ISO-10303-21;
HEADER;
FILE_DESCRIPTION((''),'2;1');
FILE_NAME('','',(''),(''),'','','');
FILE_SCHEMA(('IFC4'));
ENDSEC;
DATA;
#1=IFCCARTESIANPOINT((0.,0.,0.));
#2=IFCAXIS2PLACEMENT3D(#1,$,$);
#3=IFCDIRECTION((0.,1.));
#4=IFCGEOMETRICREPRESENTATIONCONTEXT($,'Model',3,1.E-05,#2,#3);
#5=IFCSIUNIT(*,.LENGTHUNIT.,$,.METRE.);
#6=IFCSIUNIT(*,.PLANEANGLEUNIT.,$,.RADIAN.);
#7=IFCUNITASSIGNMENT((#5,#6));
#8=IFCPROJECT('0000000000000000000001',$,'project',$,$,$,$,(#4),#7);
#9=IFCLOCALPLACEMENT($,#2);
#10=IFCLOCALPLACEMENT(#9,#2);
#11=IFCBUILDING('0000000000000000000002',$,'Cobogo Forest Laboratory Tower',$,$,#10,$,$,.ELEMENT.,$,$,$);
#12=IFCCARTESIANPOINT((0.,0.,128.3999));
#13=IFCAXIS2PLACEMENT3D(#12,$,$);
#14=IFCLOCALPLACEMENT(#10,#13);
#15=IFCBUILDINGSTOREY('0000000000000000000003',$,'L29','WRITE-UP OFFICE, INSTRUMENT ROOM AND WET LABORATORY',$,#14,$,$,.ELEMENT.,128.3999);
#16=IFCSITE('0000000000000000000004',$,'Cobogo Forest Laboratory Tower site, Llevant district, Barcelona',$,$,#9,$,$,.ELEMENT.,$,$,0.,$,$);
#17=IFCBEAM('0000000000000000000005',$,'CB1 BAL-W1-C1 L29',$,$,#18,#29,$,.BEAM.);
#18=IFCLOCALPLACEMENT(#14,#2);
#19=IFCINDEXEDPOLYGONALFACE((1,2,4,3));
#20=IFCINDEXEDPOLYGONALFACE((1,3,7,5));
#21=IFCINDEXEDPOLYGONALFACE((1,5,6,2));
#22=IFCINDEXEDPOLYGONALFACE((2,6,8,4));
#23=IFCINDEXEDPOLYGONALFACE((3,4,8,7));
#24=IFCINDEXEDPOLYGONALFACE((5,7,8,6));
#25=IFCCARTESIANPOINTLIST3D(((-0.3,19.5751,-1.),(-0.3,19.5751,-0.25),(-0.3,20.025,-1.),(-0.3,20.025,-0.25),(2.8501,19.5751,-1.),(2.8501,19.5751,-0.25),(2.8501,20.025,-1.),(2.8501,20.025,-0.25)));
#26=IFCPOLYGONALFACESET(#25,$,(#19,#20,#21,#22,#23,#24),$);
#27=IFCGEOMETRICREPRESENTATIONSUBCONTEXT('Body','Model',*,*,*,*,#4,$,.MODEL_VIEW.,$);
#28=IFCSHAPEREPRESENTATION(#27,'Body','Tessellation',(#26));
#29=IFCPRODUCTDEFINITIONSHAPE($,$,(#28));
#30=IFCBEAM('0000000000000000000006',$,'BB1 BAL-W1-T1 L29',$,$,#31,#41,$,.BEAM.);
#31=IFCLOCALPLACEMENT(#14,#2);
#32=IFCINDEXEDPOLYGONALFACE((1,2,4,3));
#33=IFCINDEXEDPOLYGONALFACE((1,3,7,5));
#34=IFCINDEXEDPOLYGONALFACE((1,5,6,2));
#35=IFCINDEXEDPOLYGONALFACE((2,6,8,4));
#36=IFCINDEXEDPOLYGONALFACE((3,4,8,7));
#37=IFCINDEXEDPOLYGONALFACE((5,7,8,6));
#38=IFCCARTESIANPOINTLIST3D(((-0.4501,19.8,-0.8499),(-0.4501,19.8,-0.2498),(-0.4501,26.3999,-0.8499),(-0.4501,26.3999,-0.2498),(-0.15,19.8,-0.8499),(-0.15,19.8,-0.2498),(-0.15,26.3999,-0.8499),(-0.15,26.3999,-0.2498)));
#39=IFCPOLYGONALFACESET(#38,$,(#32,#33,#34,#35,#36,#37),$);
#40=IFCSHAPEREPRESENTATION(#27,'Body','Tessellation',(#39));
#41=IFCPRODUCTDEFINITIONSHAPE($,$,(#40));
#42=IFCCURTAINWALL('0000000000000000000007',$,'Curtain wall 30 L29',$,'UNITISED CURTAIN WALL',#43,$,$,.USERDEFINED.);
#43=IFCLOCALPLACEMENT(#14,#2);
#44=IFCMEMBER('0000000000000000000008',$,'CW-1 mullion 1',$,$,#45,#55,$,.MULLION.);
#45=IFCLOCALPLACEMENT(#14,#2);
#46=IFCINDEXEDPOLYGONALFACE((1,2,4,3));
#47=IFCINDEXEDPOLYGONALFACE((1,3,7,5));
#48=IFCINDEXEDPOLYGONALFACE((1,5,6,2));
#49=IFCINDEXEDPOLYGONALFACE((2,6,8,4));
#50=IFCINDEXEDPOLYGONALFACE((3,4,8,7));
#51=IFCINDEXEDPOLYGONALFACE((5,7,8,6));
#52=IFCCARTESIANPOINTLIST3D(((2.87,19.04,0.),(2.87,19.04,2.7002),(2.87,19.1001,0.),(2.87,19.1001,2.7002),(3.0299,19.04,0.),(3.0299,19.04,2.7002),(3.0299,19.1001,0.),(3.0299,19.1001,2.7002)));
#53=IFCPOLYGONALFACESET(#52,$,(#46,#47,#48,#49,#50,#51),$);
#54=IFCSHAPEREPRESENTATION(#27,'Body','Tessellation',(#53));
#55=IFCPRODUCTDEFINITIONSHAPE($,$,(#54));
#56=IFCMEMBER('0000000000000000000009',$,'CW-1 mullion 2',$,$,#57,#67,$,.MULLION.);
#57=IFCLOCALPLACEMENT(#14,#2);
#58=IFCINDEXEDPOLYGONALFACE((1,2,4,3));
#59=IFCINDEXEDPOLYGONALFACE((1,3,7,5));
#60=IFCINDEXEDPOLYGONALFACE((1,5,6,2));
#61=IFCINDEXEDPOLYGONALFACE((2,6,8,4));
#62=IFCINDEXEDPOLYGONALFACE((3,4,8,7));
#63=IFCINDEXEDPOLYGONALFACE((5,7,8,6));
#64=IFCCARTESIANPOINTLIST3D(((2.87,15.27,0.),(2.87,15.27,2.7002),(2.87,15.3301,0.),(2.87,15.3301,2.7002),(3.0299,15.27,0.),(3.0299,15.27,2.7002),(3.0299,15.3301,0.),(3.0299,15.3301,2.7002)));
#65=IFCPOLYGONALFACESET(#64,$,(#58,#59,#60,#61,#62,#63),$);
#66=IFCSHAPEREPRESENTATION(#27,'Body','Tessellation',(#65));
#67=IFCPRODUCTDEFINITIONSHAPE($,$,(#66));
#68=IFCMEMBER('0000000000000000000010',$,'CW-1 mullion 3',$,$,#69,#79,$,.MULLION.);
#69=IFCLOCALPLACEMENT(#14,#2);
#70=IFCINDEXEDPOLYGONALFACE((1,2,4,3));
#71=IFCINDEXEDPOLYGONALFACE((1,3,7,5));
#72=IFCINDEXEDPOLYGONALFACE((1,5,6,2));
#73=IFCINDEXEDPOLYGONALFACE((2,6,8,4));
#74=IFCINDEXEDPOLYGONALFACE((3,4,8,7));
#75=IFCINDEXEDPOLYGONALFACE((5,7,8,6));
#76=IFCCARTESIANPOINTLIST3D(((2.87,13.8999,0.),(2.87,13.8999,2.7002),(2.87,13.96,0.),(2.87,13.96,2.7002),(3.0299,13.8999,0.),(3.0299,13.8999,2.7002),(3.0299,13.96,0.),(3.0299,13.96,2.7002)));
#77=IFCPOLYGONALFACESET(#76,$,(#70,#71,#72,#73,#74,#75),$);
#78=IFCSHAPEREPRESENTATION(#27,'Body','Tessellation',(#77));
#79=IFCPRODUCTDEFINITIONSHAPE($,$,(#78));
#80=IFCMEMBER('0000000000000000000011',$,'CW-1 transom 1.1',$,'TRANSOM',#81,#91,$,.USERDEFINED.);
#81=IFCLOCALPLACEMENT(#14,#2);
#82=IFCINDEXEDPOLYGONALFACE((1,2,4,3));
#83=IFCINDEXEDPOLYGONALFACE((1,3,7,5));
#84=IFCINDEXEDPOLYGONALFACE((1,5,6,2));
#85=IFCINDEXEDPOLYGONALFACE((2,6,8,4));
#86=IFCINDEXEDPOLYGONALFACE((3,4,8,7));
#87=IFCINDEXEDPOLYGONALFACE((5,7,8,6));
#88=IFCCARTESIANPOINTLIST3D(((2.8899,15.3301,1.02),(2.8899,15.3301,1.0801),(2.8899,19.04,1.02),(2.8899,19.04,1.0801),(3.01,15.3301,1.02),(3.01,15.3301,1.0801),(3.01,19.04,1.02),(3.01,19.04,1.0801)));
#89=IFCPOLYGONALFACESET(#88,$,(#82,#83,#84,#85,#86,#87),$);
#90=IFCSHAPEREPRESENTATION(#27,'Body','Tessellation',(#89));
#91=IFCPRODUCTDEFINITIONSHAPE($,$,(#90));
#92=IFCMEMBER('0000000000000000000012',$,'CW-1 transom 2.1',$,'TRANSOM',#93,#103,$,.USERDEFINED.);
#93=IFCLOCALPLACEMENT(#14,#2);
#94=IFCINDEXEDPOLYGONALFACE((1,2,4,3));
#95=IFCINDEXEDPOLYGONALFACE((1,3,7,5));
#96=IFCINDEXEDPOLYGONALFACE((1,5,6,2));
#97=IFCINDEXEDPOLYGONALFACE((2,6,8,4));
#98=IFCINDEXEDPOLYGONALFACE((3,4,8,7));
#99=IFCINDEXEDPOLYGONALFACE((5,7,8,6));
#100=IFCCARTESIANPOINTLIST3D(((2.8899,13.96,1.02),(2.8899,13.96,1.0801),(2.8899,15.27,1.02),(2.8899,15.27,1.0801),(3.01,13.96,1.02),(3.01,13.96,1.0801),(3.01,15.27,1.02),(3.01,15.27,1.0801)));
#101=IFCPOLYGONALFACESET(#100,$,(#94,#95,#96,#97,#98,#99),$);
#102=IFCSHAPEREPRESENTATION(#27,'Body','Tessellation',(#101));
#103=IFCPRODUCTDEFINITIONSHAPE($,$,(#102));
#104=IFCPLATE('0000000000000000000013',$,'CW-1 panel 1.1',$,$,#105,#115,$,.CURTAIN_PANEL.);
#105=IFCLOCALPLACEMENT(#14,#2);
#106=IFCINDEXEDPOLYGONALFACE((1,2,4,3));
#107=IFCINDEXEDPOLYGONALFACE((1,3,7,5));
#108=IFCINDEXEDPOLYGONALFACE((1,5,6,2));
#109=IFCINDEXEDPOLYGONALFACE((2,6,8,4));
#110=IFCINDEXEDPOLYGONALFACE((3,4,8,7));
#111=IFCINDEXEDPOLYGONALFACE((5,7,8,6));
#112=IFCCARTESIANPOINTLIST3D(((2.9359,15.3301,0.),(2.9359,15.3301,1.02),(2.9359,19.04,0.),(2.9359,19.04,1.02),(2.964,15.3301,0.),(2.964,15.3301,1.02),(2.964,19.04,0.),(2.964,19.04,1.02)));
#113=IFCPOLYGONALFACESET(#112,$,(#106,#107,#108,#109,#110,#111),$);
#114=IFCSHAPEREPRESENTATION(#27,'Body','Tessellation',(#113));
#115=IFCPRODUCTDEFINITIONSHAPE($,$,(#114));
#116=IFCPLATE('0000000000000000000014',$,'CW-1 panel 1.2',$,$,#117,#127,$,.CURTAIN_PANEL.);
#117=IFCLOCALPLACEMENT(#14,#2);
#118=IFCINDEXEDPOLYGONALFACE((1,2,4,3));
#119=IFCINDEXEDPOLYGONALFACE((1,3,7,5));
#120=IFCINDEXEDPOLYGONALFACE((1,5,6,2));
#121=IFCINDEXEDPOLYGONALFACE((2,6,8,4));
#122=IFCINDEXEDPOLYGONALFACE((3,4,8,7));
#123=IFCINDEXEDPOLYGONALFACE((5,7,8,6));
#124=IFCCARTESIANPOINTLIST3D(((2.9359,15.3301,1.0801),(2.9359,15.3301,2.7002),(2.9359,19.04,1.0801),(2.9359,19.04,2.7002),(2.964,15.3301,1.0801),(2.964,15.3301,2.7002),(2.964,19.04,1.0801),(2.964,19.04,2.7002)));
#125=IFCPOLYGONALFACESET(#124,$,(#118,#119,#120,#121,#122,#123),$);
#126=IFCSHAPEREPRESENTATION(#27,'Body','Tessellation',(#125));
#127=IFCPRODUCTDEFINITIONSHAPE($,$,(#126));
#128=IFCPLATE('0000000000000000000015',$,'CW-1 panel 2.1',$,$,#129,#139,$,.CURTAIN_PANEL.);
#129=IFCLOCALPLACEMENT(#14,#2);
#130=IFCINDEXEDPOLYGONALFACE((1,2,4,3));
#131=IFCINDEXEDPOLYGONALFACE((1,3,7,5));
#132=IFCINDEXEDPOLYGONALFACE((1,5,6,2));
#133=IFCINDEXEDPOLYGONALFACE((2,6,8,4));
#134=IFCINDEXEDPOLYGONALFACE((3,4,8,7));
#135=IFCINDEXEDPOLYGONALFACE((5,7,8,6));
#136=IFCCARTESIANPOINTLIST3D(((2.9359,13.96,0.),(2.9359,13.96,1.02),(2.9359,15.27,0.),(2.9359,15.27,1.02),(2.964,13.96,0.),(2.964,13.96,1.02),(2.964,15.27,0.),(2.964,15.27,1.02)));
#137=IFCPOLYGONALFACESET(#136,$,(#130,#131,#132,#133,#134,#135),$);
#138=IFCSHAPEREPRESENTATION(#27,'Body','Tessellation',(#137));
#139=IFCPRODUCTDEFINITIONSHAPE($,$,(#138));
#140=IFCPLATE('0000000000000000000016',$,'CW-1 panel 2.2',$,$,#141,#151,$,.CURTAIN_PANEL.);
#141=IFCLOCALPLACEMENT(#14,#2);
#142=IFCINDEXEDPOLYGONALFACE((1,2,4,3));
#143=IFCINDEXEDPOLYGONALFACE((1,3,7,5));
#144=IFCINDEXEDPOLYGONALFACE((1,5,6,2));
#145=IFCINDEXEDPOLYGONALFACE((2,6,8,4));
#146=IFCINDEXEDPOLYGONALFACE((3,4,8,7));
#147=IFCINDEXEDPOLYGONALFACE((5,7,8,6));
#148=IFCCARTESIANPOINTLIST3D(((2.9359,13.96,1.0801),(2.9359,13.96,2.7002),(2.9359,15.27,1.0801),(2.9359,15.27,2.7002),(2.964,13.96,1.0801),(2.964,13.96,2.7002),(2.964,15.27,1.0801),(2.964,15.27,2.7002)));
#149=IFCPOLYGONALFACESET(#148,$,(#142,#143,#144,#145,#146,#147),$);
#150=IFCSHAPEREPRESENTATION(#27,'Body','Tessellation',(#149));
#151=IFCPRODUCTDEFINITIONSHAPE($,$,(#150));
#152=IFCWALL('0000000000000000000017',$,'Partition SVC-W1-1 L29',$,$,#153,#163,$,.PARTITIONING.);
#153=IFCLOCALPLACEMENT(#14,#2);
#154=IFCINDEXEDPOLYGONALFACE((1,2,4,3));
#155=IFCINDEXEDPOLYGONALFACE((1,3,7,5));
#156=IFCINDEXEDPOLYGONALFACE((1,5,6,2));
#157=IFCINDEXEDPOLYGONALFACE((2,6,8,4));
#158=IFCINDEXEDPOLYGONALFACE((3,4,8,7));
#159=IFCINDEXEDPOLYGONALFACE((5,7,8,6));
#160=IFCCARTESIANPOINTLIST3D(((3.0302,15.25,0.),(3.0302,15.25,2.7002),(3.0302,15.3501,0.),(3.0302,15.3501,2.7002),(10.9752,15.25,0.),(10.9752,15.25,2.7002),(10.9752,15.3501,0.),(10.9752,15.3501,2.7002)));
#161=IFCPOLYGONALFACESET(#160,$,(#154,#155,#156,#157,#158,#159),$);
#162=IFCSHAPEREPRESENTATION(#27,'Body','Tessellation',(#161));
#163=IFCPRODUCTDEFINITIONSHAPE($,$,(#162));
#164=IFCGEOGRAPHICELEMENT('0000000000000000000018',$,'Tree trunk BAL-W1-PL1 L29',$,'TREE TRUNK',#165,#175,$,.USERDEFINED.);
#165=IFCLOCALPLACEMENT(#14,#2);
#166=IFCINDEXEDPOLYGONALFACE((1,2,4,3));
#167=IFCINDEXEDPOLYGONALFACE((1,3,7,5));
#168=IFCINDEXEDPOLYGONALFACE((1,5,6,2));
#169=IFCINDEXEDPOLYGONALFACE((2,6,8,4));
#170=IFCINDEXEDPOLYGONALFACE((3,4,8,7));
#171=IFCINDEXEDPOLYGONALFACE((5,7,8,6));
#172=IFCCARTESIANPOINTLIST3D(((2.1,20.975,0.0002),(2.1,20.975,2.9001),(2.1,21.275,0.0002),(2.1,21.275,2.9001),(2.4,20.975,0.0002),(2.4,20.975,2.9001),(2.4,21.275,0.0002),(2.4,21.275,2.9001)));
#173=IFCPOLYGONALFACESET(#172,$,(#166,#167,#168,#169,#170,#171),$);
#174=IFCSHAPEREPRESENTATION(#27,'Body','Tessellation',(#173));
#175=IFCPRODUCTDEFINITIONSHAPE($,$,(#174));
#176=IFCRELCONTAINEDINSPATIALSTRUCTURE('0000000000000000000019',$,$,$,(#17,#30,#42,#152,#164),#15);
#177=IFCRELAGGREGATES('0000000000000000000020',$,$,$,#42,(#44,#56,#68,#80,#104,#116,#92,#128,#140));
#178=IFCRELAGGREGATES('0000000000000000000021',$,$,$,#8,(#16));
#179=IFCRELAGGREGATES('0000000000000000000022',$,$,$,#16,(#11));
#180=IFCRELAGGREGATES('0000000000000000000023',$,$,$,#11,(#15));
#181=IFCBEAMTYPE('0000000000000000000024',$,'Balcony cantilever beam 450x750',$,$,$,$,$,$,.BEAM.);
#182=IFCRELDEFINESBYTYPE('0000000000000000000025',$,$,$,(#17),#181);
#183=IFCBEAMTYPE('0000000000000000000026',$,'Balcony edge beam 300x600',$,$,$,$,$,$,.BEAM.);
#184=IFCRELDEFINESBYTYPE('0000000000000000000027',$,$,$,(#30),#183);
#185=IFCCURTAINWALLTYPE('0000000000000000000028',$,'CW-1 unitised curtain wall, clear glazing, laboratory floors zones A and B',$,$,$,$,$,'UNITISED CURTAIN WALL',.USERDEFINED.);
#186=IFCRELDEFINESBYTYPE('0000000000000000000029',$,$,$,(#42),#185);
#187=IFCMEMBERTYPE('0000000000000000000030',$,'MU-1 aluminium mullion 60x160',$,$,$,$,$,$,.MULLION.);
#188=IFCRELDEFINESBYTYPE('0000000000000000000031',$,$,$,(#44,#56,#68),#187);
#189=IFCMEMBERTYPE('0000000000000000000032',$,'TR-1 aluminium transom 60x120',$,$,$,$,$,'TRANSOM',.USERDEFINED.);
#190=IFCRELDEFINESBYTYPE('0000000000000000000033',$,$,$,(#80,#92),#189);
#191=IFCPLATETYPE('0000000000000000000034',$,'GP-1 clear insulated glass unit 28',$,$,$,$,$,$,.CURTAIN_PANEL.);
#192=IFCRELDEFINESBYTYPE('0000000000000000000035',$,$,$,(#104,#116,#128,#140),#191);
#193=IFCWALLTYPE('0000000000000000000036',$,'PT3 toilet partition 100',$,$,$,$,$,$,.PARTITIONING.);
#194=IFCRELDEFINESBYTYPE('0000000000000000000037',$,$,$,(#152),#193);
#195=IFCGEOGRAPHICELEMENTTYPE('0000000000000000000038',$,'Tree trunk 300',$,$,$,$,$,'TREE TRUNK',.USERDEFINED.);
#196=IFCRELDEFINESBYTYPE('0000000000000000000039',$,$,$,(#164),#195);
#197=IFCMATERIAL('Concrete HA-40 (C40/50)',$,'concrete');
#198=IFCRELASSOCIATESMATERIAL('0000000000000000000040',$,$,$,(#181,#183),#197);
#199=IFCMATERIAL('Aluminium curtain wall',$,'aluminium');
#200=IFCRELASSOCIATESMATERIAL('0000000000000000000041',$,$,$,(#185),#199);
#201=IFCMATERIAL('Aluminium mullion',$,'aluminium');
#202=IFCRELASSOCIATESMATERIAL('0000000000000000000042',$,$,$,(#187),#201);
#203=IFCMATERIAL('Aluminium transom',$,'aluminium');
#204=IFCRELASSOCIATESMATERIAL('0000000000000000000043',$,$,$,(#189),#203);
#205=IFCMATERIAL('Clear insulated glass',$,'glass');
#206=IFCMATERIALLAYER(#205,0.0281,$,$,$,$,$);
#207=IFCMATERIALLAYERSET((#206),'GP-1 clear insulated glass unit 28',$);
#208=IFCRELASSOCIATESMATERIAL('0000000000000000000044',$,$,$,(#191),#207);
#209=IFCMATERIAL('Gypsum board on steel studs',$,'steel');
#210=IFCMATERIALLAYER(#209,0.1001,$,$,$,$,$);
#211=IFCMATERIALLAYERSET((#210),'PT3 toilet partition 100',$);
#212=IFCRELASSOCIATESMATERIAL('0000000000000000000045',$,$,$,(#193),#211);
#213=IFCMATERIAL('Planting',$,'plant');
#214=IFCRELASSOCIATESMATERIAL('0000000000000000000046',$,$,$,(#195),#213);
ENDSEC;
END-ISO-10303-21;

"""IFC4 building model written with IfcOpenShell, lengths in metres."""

from ifc_helpers import new_model, si_unit, direction, frame, frame_2d, origin, origin_2d, place, context, subcontext, project, spatial, rectangle, extrude, material, layer, layer_set, material_profile, profile_set, type_object, element, aggregate, save


model = new_model("IFC4")

# Units and contexts
model_context = context("Model", 3, precision=1e-05, world=origin(), true_north=direction((0.0, 1.0)))
body_context = subcontext(model_context, "Body", "Model", "MODEL_VIEW")
ifc_project = project(units=[si_unit("LENGTHUNIT", "METRE"), si_unit("PLANEANGLEUNIT", "RADIAN")], contexts=[model_context])

# Site, building, storey
site_placement = place(None, origin())
site = spatial("IfcSite", under=ifc_project, at=site_placement, Name="Cobogo Forest Laboratory Tower site, Llevant district, Barcelona", CompositionType="ELEMENT", RefElevation=0.0)
building_placement = place(site_placement, origin())
building = spatial("IfcBuilding", under=site, at=building_placement, Name="Cobogo Forest Laboratory Tower", CompositionType="ELEMENT")
storey_placement = place(building_placement, frame((0.0, 0.0, 128.3999)))
storey = spatial("IfcBuildingStorey", under=building, at=storey_placement, Name="L29", Description="WRITE-UP OFFICE, INSTRUMENT ROOM AND WET LABORATORY", CompositionType="ELEMENT", Elevation=128.3999)

# Beams
ifc_material_1 = material(Name="Concrete HA-40 (C40/50)", Category="concrete")
ifc_material_profile_1 = material_profile(ifc_material_1, rectangle(XDim=0.45, YDim=0.75, at=origin_2d()), Name="RC 450x750")
ifc_profile_set_1 = profile_set([ifc_material_profile_1], Name="Concrete HA-40 (C40/50)")
beam_type_1 = type_object("IfcBeamType", Name="Balcony cantilever beam 450x750", PredefinedType="BEAM", material=ifc_profile_set_1)
beam_1_placement = place(storey_placement, frame((2.8501, 19.8, -0.625), z_axis=(-1.0, 0.0, 0.0), x_axis=(0.0, -1.0, 0.0)))
element("IfcBeam", 1, at=beam_1_placement, inside=storey, type_object=beam_type_1, Name="CB1 BAL-W1-C1 L29", PredefinedType="BEAM", context=body_context, shape_type="SweptSolid", body=[
    extrude(rectangle(XDim=0.45, YDim=0.75, at=origin_2d()), origin(), (0.0, 0.0, 1.0), 3.1501),
])
ifc_material_profile_2 = material_profile(ifc_material_1, rectangle(XDim=0.3, YDim=0.6001, at=origin_2d()), Name="RC 300x600")
ifc_profile_set_2 = profile_set([ifc_material_profile_2], Name="Concrete HA-40 (C40/50)")
beam_type_2 = type_object("IfcBeamType", Name="Balcony edge beam 300x600", PredefinedType="BEAM", material=ifc_profile_set_2)
beam_2_placement = place(storey_placement, frame((-0.3, 19.8, -0.5498), z_axis=(0.0, 1.0, 0.0), x_axis=(-1.0, 0.0, 0.0)))
element("IfcBeam", 2, at=beam_2_placement, inside=storey, type_object=beam_type_2, Name="BB1 BAL-W1-T1 L29", PredefinedType="BEAM", context=body_context, shape_type="SweptSolid", body=[
    extrude(rectangle(XDim=0.3, YDim=0.6001, at=origin_2d()), origin(), (0.0, 0.0, 1.0), 6.5999),
])

# Curtain wall, members, plates
ifc_material_2 = material(Name="Aluminium curtain wall", Category="aluminium")
curtain_wall_type = type_object("IfcCurtainWallType", Name="CW-1 unitised curtain wall, clear glazing, laboratory floors zones A and B", ElementType="UNITISED CURTAIN WALL", PredefinedType="USERDEFINED", material=ifc_material_2)
curtain_wall_placement = place(storey_placement, origin())
curtain_wall = element("IfcCurtainWall", 3, at=curtain_wall_placement, inside=storey, type_object=curtain_wall_type, Name="Curtain wall 30 L29", ObjectType="UNITISED CURTAIN WALL", PredefinedType="USERDEFINED")
ifc_material_3 = material(Name="Aluminium mullion", Category="aluminium")
ifc_material_profile_3 = material_profile(ifc_material_3, rectangle(XDim=0.0601, YDim=0.1599, at=origin_2d()), Name="AL 60x160")
ifc_profile_set_3 = profile_set([ifc_material_profile_3], Name="Aluminium mullion")
member_type_1 = type_object("IfcMemberType", Name="MU-1 aluminium mullion 60x160", PredefinedType="MULLION", material=ifc_profile_set_3)
member_1_placement = place(storey_placement, frame((2.95, 19.0701, 0.0), z_axis=(0.0, 0.0, 1.0), x_axis=(0.0, -1.0, 0.0)))
member_1 = element("IfcMember", 4, at=member_1_placement, type_object=member_type_1, Name="CW-1 mullion 1", PredefinedType="MULLION", context=body_context, shape_type="SweptSolid", body=[
    extrude(rectangle(XDim=0.0601, YDim=0.1599, at=origin_2d()), origin(), (0.0, 0.0, 1.0), 2.7002),
])
member_2_placement = place(storey_placement, frame((2.95, 15.3, 0.0), z_axis=(0.0, 0.0, 1.0), x_axis=(0.0, -1.0, 0.0)))
member_2 = element("IfcMember", 5, at=member_2_placement, type_object=member_type_1, Name="CW-1 mullion 2", PredefinedType="MULLION", context=body_context, shape_type="SweptSolid", body=[
    extrude(rectangle(XDim=0.0601, YDim=0.1599, at=origin_2d()), origin(), (0.0, 0.0, 1.0), 2.7002),
])
member_3_placement = place(storey_placement, frame((2.95, 13.9299, 0.0), z_axis=(0.0, 0.0, 1.0), x_axis=(0.0, -1.0, 0.0)))
member_3 = element("IfcMember", 6, at=member_3_placement, type_object=member_type_1, Name="CW-1 mullion 3", PredefinedType="MULLION", context=body_context, shape_type="SweptSolid", body=[
    extrude(rectangle(XDim=0.0601, YDim=0.1599, at=origin_2d()), origin(), (0.0, 0.0, 1.0), 2.7002),
])
ifc_material_4 = material(Name="Aluminium transom", Category="aluminium")
ifc_material_profile_4 = material_profile(ifc_material_4, rectangle(XDim=0.1201, YDim=0.0601, at=origin_2d()), Name="AL 60x120")
ifc_profile_set_4 = profile_set([ifc_material_profile_4], Name="Aluminium transom")
member_type_2 = type_object("IfcMemberType", Name="TR-1 aluminium transom 60x120", ElementType="TRANSOM", PredefinedType="USERDEFINED", material=ifc_profile_set_4)
member_4_placement = place(storey_placement, frame((2.95, 19.04, 1.05), z_axis=(0.0, -1.0, 0.0), x_axis=(1.0, 0.0, 0.0)))
member_4 = element("IfcMember", 7, at=member_4_placement, type_object=member_type_2, Name="CW-1 transom 1.1", ObjectType="TRANSOM", PredefinedType="USERDEFINED", context=body_context, shape_type="SweptSolid", body=[
    extrude(rectangle(XDim=0.1201, YDim=0.0601, at=origin_2d()), origin(), (0.0, 0.0, 1.0), 3.71),
])
member_5_placement = place(storey_placement, frame((2.95, 15.27, 1.05), z_axis=(0.0, -1.0, 0.0), x_axis=(1.0, 0.0, 0.0)))
member_5 = element("IfcMember", 8, at=member_5_placement, type_object=member_type_2, Name="CW-1 transom 2.1", ObjectType="TRANSOM", PredefinedType="USERDEFINED", context=body_context, shape_type="SweptSolid", body=[
    extrude(rectangle(XDim=0.1201, YDim=0.0601, at=origin_2d()), origin(), (0.0, 0.0, 1.0), 1.3101),
])
ifc_material_5 = material(Name="Clear insulated glass", Category="glass")
ifc_layer_1 = layer(ifc_material_5, 0.0281)
ifc_layer_set_1 = layer_set([ifc_layer_1], Name="GP-1 clear insulated glass unit 28")
plate_type_1 = type_object("IfcPlateType", Name="GP-1 clear insulated glass unit 28", PredefinedType="CURTAIN_PANEL", material=ifc_layer_set_1)
plate_1_placement = place(storey_placement, frame((2.95, 17.1851, 0.0), z_axis=(0.0, 0.0, 1.0), x_axis=(0.0, -1.0, 0.0)))
plate_1 = element("IfcPlate", 9, at=plate_1_placement, type_object=plate_type_1, Name="CW-1 panel 1.1", PredefinedType="CURTAIN_PANEL", context=body_context, shape_type="SweptSolid", body=[
    extrude(rectangle(XDim=3.71, YDim=0.0281, at=origin_2d()), origin(), (0.0, 0.0, 1.0), 1.02),
])
plate_2_placement = place(storey_placement, frame((2.95, 17.1851, 1.0801), z_axis=(0.0, 0.0, 1.0), x_axis=(0.0, -1.0, 0.0)))
plate_2 = element("IfcPlate", 10, at=plate_2_placement, type_object=plate_type_1, Name="CW-1 panel 1.2", PredefinedType="CURTAIN_PANEL", context=body_context, shape_type="SweptSolid", body=[
    extrude(rectangle(XDim=3.71, YDim=0.0281, at=origin_2d()), origin(), (0.0, 0.0, 1.0), 1.6201),
])
plate_3_placement = place(storey_placement, frame((2.95, 14.615, 0.0), z_axis=(0.0, 0.0, 1.0), x_axis=(0.0, -1.0, 0.0)))
plate_3 = element("IfcPlate", 11, at=plate_3_placement, type_object=plate_type_1, Name="CW-1 panel 2.1", PredefinedType="CURTAIN_PANEL", context=body_context, shape_type="SweptSolid", body=[
    extrude(rectangle(XDim=1.3101, YDim=0.0281, at=origin_2d()), origin(), (0.0, 0.0, 1.0), 1.02),
])
plate_4_placement = place(storey_placement, frame((2.95, 14.615, 1.0801), z_axis=(0.0, 0.0, 1.0), x_axis=(0.0, -1.0, 0.0)))
plate_4 = element("IfcPlate", 12, at=plate_4_placement, type_object=plate_type_1, Name="CW-1 panel 2.2", PredefinedType="CURTAIN_PANEL", context=body_context, shape_type="SweptSolid", body=[
    extrude(rectangle(XDim=1.3101, YDim=0.0281, at=origin_2d()), origin(), (0.0, 0.0, 1.0), 1.6201),
])
aggregate(curtain_wall, [member_1, member_2, member_3, member_4, plate_1, plate_2, member_5, plate_3, plate_4])

# Wall
ifc_material_6 = material(Name="Gypsum board on steel studs", Category="steel")
ifc_layer_2 = layer(ifc_material_6, 0.1001)
ifc_layer_set_2 = layer_set([ifc_layer_2], Name="PT3 toilet partition 100")
wall_type = type_object("IfcWallType", Name="PT3 toilet partition 100", PredefinedType="PARTITIONING", material=ifc_layer_set_2)
wall_placement = place(storey_placement, frame((3.03, 15.3, 0.0), z_axis=(0.0, 0.0, 1.0), x_axis=(1.0, 0.0, 0.0)))
element("IfcWall", 13, at=wall_placement, inside=storey, type_object=wall_type, Name="Partition SVC-W1-1 L29", PredefinedType="PARTITIONING", context=body_context, shape_type="SweptSolid", body=[
    extrude(rectangle(XDim=7.9451, YDim=0.1001, at=frame_2d((3.9727, 0.0))), origin(), (0.0, 0.0, 1.0), 2.7002),
])

# Geographic element
ifc_material_7 = material(Name="Planting", Category="plant")
geographic_element_type = type_object("IfcGeographicElementType", Name="Tree trunk 300", ElementType="TREE TRUNK", PredefinedType="USERDEFINED", material=ifc_material_7)
geographic_element_placement = place(storey_placement, frame((2.25, 21.125, 0.0002), z_axis=(0.0, 0.0, 1.0), x_axis=(1.0, 0.0, 0.0)))
element("IfcGeographicElement", 14, at=geographic_element_placement, inside=storey, type_object=geographic_element_type, Name="Tree trunk BAL-W1-PL1 L29", ObjectType="TREE TRUNK", PredefinedType="USERDEFINED", context=body_context, shape_type="SweptSolid", body=[
    extrude(rectangle(XDim=0.3, YDim=0.3, at=origin_2d()), origin(), (0.0, 0.0, 1.0), 2.8999),
])

save(model, "model.ifc")
